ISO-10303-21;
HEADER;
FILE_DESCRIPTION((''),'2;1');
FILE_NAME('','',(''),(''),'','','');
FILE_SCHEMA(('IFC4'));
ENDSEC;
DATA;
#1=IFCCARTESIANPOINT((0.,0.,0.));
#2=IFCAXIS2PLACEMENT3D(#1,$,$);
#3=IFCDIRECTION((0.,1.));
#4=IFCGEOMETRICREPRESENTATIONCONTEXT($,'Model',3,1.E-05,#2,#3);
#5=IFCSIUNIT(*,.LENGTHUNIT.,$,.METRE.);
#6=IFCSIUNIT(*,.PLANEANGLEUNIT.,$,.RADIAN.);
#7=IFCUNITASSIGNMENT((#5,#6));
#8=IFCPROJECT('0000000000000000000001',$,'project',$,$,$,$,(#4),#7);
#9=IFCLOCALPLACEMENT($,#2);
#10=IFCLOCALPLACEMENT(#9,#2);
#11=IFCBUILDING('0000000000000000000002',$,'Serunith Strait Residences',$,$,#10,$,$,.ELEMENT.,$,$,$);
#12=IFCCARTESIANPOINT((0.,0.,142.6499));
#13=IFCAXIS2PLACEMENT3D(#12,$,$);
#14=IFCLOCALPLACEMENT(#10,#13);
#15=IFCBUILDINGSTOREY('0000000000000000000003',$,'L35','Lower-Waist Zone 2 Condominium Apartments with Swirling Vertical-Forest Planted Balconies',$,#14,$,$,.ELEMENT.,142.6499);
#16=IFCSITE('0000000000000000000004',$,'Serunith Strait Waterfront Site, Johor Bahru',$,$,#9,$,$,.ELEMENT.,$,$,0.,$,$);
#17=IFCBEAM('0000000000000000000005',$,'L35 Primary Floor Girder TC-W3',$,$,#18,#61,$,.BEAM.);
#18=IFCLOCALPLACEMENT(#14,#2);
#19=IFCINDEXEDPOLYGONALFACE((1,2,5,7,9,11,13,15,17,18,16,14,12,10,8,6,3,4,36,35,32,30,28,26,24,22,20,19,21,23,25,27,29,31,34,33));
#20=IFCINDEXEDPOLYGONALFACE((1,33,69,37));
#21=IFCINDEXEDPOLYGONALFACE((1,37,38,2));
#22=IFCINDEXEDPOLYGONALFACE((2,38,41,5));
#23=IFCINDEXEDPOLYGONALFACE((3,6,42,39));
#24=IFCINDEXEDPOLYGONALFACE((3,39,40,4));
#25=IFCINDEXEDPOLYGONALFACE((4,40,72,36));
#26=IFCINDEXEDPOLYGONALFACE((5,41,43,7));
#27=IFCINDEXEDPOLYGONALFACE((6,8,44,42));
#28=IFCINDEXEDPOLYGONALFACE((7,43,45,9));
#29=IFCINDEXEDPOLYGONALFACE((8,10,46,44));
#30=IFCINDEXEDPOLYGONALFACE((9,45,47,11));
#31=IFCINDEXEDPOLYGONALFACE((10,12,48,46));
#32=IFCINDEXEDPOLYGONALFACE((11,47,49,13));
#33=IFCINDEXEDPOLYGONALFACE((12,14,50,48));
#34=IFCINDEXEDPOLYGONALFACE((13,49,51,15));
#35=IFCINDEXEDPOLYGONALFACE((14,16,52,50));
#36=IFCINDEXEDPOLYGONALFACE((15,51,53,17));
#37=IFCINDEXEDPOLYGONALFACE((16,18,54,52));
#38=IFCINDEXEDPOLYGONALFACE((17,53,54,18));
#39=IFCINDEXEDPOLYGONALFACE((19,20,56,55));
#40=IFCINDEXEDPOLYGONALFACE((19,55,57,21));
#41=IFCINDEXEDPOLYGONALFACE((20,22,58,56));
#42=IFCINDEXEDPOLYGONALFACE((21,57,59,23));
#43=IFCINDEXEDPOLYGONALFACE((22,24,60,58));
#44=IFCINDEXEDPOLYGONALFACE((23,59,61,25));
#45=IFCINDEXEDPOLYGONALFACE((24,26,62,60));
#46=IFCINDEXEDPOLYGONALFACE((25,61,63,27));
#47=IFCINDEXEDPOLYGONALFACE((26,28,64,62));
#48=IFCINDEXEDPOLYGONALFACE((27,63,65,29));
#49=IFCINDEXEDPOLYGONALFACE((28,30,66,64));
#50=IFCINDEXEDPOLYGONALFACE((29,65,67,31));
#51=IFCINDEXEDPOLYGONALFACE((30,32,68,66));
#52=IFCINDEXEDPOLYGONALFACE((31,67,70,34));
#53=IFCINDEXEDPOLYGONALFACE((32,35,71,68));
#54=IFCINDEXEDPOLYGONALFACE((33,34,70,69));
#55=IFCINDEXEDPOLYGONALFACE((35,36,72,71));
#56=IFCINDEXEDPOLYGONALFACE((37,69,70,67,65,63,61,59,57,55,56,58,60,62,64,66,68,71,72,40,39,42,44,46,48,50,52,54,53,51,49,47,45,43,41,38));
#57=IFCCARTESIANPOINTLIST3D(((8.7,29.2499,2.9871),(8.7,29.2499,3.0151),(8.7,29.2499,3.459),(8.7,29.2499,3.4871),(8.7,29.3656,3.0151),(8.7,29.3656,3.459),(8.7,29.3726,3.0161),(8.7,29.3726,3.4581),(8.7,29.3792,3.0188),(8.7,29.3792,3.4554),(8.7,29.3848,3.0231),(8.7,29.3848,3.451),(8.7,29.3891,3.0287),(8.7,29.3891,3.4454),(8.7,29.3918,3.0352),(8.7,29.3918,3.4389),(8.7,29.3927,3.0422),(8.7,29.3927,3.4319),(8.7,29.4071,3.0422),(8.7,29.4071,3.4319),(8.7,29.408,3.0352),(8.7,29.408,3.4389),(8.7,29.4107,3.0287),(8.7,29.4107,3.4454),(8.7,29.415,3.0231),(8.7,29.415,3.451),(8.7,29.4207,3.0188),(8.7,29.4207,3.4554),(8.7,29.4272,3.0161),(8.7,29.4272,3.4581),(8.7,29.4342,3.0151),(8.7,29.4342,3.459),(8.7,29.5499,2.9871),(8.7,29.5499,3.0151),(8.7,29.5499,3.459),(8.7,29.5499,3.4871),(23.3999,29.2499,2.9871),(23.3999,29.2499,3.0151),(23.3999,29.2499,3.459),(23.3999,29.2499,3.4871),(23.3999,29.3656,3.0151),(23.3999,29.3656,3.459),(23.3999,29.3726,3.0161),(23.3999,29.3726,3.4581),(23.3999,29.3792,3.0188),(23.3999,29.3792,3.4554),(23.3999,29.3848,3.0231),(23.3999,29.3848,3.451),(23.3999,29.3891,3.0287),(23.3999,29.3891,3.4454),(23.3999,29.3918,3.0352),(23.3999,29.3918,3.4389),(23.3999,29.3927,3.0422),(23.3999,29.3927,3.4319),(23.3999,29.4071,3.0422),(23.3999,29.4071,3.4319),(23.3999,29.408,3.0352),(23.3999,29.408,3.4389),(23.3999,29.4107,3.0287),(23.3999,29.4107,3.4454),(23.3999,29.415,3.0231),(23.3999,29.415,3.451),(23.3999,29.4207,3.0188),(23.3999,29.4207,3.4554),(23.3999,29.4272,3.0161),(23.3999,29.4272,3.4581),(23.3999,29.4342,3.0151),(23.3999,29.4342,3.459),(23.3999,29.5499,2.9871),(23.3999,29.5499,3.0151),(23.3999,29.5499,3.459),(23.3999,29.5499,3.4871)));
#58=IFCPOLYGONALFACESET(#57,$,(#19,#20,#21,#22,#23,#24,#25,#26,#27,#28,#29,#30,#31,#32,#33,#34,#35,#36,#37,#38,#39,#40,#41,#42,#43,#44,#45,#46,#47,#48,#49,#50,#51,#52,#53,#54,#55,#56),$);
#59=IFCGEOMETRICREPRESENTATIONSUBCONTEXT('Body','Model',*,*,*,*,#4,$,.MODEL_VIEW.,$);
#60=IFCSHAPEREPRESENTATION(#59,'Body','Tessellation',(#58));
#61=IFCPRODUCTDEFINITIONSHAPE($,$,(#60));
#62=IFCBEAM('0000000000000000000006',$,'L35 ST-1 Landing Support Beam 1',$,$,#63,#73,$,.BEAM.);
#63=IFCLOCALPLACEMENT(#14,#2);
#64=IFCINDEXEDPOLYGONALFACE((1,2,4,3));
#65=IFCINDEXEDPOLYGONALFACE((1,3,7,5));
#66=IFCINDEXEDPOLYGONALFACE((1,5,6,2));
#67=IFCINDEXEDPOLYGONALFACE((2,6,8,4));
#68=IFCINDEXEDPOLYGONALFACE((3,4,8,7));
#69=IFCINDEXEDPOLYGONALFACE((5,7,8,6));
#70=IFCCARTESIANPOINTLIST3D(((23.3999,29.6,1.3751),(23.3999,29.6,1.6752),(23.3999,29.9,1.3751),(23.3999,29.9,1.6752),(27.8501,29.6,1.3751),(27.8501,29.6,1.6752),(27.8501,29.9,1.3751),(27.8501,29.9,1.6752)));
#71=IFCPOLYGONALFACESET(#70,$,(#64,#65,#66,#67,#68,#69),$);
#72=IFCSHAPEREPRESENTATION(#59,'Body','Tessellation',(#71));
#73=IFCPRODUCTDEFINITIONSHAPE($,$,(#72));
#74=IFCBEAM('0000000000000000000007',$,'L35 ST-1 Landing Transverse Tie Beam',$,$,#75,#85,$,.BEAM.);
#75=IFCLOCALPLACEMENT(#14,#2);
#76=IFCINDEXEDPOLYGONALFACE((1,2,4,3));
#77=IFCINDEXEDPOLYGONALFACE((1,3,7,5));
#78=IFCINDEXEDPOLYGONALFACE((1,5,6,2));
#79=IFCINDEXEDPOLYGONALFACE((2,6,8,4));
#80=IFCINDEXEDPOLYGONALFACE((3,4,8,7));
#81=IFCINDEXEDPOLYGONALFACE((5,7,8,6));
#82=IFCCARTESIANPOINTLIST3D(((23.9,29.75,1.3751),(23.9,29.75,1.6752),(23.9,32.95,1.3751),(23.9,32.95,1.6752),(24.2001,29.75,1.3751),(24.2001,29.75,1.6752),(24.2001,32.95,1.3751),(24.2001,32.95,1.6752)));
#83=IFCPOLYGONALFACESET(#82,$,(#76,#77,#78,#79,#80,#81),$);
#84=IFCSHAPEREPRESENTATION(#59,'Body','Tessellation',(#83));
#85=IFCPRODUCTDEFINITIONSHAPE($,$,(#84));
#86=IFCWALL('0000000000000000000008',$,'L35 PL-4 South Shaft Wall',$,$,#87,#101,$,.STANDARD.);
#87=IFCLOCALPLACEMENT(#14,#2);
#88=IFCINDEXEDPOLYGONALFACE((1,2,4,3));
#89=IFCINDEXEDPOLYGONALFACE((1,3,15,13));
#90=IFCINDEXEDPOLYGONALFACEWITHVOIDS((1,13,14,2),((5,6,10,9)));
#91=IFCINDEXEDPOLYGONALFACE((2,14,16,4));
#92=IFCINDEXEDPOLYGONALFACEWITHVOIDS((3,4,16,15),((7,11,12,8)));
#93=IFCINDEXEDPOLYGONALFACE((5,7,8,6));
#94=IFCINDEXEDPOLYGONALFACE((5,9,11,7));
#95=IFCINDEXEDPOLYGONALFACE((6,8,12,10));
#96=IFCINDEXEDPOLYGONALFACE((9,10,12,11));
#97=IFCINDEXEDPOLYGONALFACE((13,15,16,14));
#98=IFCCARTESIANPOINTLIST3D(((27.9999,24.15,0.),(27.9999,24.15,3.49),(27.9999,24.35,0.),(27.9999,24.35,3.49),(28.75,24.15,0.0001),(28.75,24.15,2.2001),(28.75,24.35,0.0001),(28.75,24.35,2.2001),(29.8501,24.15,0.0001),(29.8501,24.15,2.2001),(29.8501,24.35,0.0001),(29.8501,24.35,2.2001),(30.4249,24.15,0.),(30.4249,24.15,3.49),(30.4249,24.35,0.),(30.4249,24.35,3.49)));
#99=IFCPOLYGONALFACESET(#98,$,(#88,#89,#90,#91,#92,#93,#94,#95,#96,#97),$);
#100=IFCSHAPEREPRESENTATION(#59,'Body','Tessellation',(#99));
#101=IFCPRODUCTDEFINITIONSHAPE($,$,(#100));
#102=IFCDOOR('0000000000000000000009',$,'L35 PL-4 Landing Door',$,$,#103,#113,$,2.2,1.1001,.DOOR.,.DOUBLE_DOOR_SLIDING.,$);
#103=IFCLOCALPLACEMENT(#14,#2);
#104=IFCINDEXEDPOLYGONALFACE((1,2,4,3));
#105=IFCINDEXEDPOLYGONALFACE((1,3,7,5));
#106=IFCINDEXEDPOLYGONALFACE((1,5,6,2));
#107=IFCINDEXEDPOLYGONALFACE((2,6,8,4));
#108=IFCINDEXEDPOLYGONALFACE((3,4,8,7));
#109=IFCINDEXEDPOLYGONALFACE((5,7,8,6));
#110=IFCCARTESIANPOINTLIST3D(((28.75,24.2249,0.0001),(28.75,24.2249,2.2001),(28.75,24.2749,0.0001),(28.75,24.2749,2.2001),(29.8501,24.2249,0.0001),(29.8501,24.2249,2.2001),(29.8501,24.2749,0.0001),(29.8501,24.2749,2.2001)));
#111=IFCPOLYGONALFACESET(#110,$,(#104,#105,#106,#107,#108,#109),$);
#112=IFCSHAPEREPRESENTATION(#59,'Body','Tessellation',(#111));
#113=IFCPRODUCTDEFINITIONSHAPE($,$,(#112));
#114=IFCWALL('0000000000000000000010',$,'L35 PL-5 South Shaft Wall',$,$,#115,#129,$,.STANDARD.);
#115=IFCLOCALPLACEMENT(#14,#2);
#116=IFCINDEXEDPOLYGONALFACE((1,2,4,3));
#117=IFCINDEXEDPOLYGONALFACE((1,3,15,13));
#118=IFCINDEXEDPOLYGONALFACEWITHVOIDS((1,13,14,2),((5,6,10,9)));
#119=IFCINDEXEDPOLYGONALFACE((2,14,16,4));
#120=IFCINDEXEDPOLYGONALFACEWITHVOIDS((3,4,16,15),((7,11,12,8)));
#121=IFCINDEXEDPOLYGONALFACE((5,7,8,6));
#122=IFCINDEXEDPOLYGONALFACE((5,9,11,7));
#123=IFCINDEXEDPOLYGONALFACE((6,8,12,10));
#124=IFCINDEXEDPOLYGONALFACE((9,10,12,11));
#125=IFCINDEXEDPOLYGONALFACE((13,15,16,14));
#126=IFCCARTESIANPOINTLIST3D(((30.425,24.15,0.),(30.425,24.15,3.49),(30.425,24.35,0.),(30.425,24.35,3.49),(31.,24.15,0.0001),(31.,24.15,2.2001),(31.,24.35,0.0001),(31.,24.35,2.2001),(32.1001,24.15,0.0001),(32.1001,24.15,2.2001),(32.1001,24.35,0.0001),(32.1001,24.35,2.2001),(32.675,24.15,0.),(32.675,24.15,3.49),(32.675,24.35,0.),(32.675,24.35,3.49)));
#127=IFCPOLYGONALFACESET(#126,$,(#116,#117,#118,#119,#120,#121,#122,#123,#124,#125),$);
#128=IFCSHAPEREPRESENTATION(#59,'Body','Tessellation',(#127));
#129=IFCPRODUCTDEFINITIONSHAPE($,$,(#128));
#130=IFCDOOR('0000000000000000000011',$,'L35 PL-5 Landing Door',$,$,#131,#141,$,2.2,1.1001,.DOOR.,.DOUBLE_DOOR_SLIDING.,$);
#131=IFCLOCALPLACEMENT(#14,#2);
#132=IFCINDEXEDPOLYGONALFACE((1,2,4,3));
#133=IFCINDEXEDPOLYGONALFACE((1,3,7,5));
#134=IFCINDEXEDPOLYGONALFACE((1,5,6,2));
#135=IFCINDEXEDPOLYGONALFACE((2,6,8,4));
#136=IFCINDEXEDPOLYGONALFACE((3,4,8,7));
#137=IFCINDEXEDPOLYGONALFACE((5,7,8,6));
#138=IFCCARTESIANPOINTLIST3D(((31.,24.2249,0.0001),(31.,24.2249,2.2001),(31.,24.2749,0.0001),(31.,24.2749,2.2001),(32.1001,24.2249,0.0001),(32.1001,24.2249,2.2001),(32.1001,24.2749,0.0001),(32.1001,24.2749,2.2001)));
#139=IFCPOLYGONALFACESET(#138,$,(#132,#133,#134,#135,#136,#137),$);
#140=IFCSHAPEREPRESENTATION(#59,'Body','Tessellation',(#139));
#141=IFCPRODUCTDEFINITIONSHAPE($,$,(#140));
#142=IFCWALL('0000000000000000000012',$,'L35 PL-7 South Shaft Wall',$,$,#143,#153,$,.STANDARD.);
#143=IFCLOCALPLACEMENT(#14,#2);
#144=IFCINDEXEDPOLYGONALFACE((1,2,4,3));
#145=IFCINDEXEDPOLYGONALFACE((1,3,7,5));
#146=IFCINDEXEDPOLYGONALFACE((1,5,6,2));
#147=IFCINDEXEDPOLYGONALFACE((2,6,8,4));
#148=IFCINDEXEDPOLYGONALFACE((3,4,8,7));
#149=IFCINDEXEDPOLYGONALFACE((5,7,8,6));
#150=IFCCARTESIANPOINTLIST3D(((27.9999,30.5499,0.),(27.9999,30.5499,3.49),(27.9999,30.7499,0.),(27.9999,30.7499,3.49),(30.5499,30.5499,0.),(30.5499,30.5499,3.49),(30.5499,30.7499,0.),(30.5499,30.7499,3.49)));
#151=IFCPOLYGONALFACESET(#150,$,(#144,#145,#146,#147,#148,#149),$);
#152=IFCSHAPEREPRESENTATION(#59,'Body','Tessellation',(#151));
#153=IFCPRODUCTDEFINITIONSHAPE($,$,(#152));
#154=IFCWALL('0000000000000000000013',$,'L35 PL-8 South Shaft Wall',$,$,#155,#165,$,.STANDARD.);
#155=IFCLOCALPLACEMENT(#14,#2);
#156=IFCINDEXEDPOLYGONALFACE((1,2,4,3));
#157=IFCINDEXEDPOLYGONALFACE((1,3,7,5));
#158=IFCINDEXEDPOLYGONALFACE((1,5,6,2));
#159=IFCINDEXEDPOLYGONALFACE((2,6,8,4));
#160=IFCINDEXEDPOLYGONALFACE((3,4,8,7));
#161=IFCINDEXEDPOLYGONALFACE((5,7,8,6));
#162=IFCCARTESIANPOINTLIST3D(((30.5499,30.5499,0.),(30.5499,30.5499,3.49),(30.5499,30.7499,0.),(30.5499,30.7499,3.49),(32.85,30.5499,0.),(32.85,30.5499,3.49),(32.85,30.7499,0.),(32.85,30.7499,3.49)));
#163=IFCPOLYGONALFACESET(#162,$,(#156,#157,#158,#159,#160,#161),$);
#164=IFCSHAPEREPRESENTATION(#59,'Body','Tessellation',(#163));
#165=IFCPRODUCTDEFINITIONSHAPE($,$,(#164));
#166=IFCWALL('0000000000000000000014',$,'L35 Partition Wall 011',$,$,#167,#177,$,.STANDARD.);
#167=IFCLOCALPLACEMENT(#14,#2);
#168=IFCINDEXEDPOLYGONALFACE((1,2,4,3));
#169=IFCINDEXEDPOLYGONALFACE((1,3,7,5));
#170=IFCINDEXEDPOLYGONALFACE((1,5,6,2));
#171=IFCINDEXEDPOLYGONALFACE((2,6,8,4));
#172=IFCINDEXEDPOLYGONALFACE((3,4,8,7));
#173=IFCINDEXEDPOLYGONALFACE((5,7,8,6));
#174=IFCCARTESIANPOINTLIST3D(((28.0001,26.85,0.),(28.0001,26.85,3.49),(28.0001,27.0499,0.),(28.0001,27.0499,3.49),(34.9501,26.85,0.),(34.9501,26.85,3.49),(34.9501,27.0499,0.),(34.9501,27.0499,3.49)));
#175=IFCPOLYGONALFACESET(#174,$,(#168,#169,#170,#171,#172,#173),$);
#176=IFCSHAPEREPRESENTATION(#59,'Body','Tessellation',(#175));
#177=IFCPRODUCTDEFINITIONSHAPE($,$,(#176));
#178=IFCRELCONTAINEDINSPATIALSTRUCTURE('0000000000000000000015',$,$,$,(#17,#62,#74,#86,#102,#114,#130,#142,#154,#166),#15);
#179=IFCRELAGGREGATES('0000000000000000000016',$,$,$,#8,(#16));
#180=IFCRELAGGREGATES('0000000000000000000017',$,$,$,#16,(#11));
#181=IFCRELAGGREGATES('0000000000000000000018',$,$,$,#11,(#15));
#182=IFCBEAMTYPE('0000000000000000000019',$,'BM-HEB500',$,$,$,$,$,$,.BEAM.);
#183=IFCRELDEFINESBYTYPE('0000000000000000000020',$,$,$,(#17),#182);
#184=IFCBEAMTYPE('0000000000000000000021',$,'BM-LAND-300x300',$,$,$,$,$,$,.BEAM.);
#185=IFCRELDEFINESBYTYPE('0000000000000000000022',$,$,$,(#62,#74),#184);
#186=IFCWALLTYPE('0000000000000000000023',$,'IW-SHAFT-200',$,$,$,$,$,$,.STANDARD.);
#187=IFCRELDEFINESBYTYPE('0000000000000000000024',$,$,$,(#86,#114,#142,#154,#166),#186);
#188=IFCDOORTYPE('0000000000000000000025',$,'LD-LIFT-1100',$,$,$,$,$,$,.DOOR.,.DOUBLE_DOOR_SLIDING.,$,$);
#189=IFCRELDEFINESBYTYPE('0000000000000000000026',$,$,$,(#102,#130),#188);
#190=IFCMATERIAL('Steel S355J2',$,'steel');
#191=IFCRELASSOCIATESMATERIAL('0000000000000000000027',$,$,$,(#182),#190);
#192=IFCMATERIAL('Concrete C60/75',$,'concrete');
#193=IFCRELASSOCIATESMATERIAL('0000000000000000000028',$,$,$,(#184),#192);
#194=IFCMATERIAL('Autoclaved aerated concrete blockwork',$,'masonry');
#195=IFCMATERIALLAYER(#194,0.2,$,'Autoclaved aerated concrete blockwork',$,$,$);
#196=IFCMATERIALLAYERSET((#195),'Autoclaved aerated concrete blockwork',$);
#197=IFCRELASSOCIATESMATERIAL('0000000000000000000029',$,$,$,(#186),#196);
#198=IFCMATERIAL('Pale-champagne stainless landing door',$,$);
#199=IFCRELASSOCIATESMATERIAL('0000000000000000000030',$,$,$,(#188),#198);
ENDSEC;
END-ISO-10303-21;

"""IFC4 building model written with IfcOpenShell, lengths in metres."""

from ifc_helpers import new_model, si_unit, direction, frame, frame_2d, origin, origin_2d, place, context, subcontext, project, spatial, rectangle, i_section, extrude, source, transform, mapped, material, layer, layer_set, material_profile, profile_set, type_object, element, fill, save


model = new_model("IFC4")

# Units and contexts
model_context = context("Model", 3, precision=1e-05, world=origin(), true_north=direction((0.0, 1.0)))
body_context = subcontext(model_context, "Body", "Model", "MODEL_VIEW")
ifc_project = project(units=[si_unit("LENGTHUNIT", "METRE"), si_unit("PLANEANGLEUNIT", "RADIAN")], contexts=[model_context])

# Site, building, storey
site_placement = place(None, origin())
site = spatial("IfcSite", under=ifc_project, at=site_placement, Name="Serunith Strait Waterfront Site, Johor Bahru", CompositionType="ELEMENT", RefElevation=0.0)
building_placement = place(site_placement, origin())
building = spatial("IfcBuilding", under=site, at=building_placement, Name="Serunith Strait Residences", CompositionType="ELEMENT")
storey_placement = place(building_placement, frame((0.0, 0.0, 142.6499)))
storey = spatial("IfcBuildingStorey", under=building, at=storey_placement, Name="L35", Description="Lower-Waist Zone 2 Condominium Apartments with Swirling Vertical-Forest Planted Balconies", CompositionType="ELEMENT", Elevation=142.6499)

# Beams
ifc_material_1 = material(Name="Steel S355J2", Category="steel")
ifc_material_profile_1 = material_profile(ifc_material_1, i_section(OverallWidth=0.3, OverallDepth=0.5, WebThickness=0.0144, FlangeThickness=0.0281, FilletRadius=0.0271, at=origin_2d()), Name="HEB 500")
ifc_profile_set_1 = profile_set([ifc_material_profile_1], Name="Steel S355J2")
beam_type_1 = type_object("IfcBeamType", Name="BM-HEB500", PredefinedType="BEAM", material=ifc_profile_set_1)
shared_shape_1 = source(origin(), body_context, "Body", "SweptSolid", [
    extrude(i_section(OverallWidth=0.3, OverallDepth=0.5, WebThickness=0.0144, FlangeThickness=0.0281, FilletRadius=0.0271, at=origin_2d()), origin(), (0.0, 0.0, 1.0), 14.7),
])
beam_1_placement = place(storey_placement, frame((23.3999, 29.3999, 3.2371), z_axis=(-1.0, 0.0, 0.0), x_axis=(0.0, -1.0, 0.0)))
element("IfcBeam", 1, at=beam_1_placement, inside=storey, type_object=beam_type_1, Name="L35 Primary Floor Girder TC-W3", PredefinedType="BEAM", context=body_context, shape_type="MappedRepresentation", body=[
    mapped(shared_shape_1, transform((0.0, 0.0, 0.0), scale=1.0)),
])
ifc_material_2 = material(Name="Concrete C60/75", Category="concrete")
ifc_material_profile_2 = material_profile(ifc_material_2, rectangle(XDim=0.3, YDim=0.3, at=origin_2d()), Name="RC 300x300")
ifc_profile_set_2 = profile_set([ifc_material_profile_2], Name="Concrete C60/75")
beam_type_2 = type_object("IfcBeamType", Name="BM-LAND-300x300", PredefinedType="BEAM", material=ifc_profile_set_2)
shared_shape_2 = source(origin(), body_context, "Body", "SweptSolid", [
    extrude(rectangle(XDim=0.3, YDim=0.3, at=origin_2d()), origin(), (0.0, 0.0, 1.0), 4.4502),
])
beam_2_placement = place(storey_placement, frame((23.3999, 29.75, 1.5251), z_axis=(1.0, 0.0, 0.0), x_axis=(0.0, 1.0, 0.0)))
element("IfcBeam", 2, at=beam_2_placement, inside=storey, type_object=beam_type_2, Name="L35 ST-1 Landing Support Beam 1", PredefinedType="BEAM", context=body_context, shape_type="MappedRepresentation", body=[
    mapped(shared_shape_2, transform((0.0, 0.0, 0.0), scale=1.0)),
])
shared_shape_3 = source(origin(), body_context, "Body", "SweptSolid", [
    extrude(rectangle(XDim=0.3, YDim=0.3, at=origin_2d()), origin(), (0.0, 0.0, 1.0), 3.2),
])
beam_3_placement = place(storey_placement, frame((24.05, 29.75, 1.5251), z_axis=(0.0, 1.0, 0.0), x_axis=(-1.0, 0.0, 0.0)))
element("IfcBeam", 3, at=beam_3_placement, inside=storey, type_object=beam_type_2, Name="L35 ST-1 Landing Transverse Tie Beam", PredefinedType="BEAM", context=body_context, shape_type="MappedRepresentation", body=[
    mapped(shared_shape_3, transform((0.0, 0.0, 0.0), scale=1.0)),
])

# Walls, openings, doors
ifc_material_3 = material(Name="Autoclaved aerated concrete blockwork", Category="masonry")
ifc_layer_1 = layer(ifc_material_3, 0.2, Name="Autoclaved aerated concrete blockwork")
ifc_layer_set_1 = layer_set([ifc_layer_1], Name="Autoclaved aerated concrete blockwork")
wall_type_1 = type_object("IfcWallType", Name="IW-SHAFT-200", PredefinedType="STANDARD", material=ifc_layer_set_1)
wall_1_placement = place(storey_placement, frame((28.0, 24.25, 0.0), z_axis=(0.0, 0.0, 1.0), x_axis=(1.0, 0.0, 0.0)))
wall_1 = element("IfcWall", 4, at=wall_1_placement, inside=storey, type_object=wall_type_1, Name="L35 PL-4 South Shaft Wall", PredefinedType="STANDARD", context=body_context, shape_type="SweptSolid", body=[
    extrude(rectangle(XDim=2.425, YDim=0.2, at=frame_2d((1.2124, 0.0))), origin(), (0.0, 0.0, 1.0), 3.49),
])
opening_1_placement = place(wall_1_placement, frame((0.75, 0.0, 0.0)))
opening_1 = element("IfcOpeningElement", 5, at=opening_1_placement, cuts=wall_1, PredefinedType="OPENING", context=body_context, shape_type="SweptSolid", body=[
    extrude(rectangle(XDim=1.1001, YDim=2.2, at=frame_2d((0.55, 1.1001))), frame((0.0, 0.1099, 0.0), z_axis=(0.0, -1.0, 0.0), x_axis=(1.0, 0.0, 0.0)), (0.0, 0.0, 1.0), 0.22),
])
ifc_material_4 = material(Name="Pale-champagne stainless landing door")
door_type_1 = type_object("IfcDoorType", Name="LD-LIFT-1100", OperationType="DOUBLE_DOOR_SLIDING", PredefinedType="DOOR", material=ifc_material_4)
shared_shape_4 = source(origin(), body_context, "Body", "SweptSolid", [
    extrude(rectangle(XDim=1.1001, YDim=2.2, at=frame_2d((0.55, 1.1001))), frame((0.0, 0.0249, 0.0), z_axis=(0.0, -1.0, 0.0), x_axis=(1.0, 0.0, 0.0)), (0.0, 0.0, 1.0), 0.05),
])
door_1_placement = place(opening_1_placement, origin())
door_1 = element("IfcDoor", 6, at=door_1_placement, inside=storey, type_object=door_type_1, Name="L35 PL-4 Landing Door", OperationType="DOUBLE_DOOR_SLIDING", OverallHeight=2.2, OverallWidth=1.1001, PredefinedType="DOOR", context=body_context, shape_type="MappedRepresentation", body=[
    mapped(shared_shape_4, transform((0.0, 0.0, 0.0), scale=1.0)),
])
fill(opening_1, door_1)
wall_2_placement = place(storey_placement, frame((30.425, 24.25, 0.0), z_axis=(0.0, 0.0, 1.0), x_axis=(1.0, 0.0, 0.0)))
wall_2 = element("IfcWall", 7, at=wall_2_placement, inside=storey, type_object=wall_type_1, Name="L35 PL-5 South Shaft Wall", PredefinedType="STANDARD", context=body_context, shape_type="SweptSolid", body=[
    extrude(rectangle(XDim=2.25, YDim=0.2, at=frame_2d((1.125, 0.0))), origin(), (0.0, 0.0, 1.0), 3.49),
])
opening_2_placement = place(wall_2_placement, frame((0.575, 0.0, 0.0)))
opening_2 = element("IfcOpeningElement", 8, at=opening_2_placement, cuts=wall_2, PredefinedType="OPENING", context=body_context, shape_type="SweptSolid", body=[
    extrude(rectangle(XDim=1.1001, YDim=2.2, at=frame_2d((0.55, 1.1001))), frame((0.0, 0.1099, 0.0), z_axis=(0.0, -1.0, 0.0), x_axis=(1.0, 0.0, 0.0)), (0.0, 0.0, 1.0), 0.22),
])
door_2_placement = place(opening_2_placement, origin())
door_2 = element("IfcDoor", 9, at=door_2_placement, inside=storey, type_object=door_type_1, Name="L35 PL-5 Landing Door", OperationType="DOUBLE_DOOR_SLIDING", OverallHeight=2.2, OverallWidth=1.1001, PredefinedType="DOOR", context=body_context, shape_type="MappedRepresentation", body=[
    mapped(shared_shape_4, transform((0.0, 0.0, 0.0), scale=1.0)),
])
fill(opening_2, door_2)

# Walls
wall_3_placement = place(storey_placement, frame((28.0, 30.6499, 0.0), z_axis=(0.0, 0.0, 1.0), x_axis=(1.0, 0.0, 0.0)))
element("IfcWall", 10, at=wall_3_placement, inside=storey, type_object=wall_type_1, Name="L35 PL-7 South Shaft Wall", PredefinedType="STANDARD", context=body_context, shape_type="SweptSolid", body=[
    extrude(rectangle(XDim=2.55, YDim=0.2, at=frame_2d((1.2749, 0.0))), origin(), (0.0, 0.0, 1.0), 3.49),
])
wall_4_placement = place(storey_placement, frame((30.55, 30.6499, 0.0), z_axis=(0.0, 0.0, 1.0), x_axis=(1.0, 0.0, 0.0)))
element("IfcWall", 11, at=wall_4_placement, inside=storey, type_object=wall_type_1, Name="L35 PL-8 South Shaft Wall", PredefinedType="STANDARD", context=body_context, shape_type="SweptSolid", body=[
    extrude(rectangle(XDim=2.3, YDim=0.2, at=frame_2d((1.1499, 0.0))), origin(), (0.0, 0.0, 1.0), 3.49),
])
wall_5_placement = place(storey_placement, frame((28.0, 26.95, 0.0), z_axis=(0.0, 0.0, 1.0), x_axis=(1.0, 0.0, 0.0)))
element("IfcWall", 12, at=wall_5_placement, inside=storey, type_object=wall_type_1, Name="L35 Partition Wall 011", PredefinedType="STANDARD", context=body_context, shape_type="SweptSolid", body=[
    extrude(rectangle(XDim=6.95, YDim=0.2, at=frame_2d((3.4751, 0.0))), origin(), (0.0, 0.0, 1.0), 3.49),
])

save(model, "model.ifc")
